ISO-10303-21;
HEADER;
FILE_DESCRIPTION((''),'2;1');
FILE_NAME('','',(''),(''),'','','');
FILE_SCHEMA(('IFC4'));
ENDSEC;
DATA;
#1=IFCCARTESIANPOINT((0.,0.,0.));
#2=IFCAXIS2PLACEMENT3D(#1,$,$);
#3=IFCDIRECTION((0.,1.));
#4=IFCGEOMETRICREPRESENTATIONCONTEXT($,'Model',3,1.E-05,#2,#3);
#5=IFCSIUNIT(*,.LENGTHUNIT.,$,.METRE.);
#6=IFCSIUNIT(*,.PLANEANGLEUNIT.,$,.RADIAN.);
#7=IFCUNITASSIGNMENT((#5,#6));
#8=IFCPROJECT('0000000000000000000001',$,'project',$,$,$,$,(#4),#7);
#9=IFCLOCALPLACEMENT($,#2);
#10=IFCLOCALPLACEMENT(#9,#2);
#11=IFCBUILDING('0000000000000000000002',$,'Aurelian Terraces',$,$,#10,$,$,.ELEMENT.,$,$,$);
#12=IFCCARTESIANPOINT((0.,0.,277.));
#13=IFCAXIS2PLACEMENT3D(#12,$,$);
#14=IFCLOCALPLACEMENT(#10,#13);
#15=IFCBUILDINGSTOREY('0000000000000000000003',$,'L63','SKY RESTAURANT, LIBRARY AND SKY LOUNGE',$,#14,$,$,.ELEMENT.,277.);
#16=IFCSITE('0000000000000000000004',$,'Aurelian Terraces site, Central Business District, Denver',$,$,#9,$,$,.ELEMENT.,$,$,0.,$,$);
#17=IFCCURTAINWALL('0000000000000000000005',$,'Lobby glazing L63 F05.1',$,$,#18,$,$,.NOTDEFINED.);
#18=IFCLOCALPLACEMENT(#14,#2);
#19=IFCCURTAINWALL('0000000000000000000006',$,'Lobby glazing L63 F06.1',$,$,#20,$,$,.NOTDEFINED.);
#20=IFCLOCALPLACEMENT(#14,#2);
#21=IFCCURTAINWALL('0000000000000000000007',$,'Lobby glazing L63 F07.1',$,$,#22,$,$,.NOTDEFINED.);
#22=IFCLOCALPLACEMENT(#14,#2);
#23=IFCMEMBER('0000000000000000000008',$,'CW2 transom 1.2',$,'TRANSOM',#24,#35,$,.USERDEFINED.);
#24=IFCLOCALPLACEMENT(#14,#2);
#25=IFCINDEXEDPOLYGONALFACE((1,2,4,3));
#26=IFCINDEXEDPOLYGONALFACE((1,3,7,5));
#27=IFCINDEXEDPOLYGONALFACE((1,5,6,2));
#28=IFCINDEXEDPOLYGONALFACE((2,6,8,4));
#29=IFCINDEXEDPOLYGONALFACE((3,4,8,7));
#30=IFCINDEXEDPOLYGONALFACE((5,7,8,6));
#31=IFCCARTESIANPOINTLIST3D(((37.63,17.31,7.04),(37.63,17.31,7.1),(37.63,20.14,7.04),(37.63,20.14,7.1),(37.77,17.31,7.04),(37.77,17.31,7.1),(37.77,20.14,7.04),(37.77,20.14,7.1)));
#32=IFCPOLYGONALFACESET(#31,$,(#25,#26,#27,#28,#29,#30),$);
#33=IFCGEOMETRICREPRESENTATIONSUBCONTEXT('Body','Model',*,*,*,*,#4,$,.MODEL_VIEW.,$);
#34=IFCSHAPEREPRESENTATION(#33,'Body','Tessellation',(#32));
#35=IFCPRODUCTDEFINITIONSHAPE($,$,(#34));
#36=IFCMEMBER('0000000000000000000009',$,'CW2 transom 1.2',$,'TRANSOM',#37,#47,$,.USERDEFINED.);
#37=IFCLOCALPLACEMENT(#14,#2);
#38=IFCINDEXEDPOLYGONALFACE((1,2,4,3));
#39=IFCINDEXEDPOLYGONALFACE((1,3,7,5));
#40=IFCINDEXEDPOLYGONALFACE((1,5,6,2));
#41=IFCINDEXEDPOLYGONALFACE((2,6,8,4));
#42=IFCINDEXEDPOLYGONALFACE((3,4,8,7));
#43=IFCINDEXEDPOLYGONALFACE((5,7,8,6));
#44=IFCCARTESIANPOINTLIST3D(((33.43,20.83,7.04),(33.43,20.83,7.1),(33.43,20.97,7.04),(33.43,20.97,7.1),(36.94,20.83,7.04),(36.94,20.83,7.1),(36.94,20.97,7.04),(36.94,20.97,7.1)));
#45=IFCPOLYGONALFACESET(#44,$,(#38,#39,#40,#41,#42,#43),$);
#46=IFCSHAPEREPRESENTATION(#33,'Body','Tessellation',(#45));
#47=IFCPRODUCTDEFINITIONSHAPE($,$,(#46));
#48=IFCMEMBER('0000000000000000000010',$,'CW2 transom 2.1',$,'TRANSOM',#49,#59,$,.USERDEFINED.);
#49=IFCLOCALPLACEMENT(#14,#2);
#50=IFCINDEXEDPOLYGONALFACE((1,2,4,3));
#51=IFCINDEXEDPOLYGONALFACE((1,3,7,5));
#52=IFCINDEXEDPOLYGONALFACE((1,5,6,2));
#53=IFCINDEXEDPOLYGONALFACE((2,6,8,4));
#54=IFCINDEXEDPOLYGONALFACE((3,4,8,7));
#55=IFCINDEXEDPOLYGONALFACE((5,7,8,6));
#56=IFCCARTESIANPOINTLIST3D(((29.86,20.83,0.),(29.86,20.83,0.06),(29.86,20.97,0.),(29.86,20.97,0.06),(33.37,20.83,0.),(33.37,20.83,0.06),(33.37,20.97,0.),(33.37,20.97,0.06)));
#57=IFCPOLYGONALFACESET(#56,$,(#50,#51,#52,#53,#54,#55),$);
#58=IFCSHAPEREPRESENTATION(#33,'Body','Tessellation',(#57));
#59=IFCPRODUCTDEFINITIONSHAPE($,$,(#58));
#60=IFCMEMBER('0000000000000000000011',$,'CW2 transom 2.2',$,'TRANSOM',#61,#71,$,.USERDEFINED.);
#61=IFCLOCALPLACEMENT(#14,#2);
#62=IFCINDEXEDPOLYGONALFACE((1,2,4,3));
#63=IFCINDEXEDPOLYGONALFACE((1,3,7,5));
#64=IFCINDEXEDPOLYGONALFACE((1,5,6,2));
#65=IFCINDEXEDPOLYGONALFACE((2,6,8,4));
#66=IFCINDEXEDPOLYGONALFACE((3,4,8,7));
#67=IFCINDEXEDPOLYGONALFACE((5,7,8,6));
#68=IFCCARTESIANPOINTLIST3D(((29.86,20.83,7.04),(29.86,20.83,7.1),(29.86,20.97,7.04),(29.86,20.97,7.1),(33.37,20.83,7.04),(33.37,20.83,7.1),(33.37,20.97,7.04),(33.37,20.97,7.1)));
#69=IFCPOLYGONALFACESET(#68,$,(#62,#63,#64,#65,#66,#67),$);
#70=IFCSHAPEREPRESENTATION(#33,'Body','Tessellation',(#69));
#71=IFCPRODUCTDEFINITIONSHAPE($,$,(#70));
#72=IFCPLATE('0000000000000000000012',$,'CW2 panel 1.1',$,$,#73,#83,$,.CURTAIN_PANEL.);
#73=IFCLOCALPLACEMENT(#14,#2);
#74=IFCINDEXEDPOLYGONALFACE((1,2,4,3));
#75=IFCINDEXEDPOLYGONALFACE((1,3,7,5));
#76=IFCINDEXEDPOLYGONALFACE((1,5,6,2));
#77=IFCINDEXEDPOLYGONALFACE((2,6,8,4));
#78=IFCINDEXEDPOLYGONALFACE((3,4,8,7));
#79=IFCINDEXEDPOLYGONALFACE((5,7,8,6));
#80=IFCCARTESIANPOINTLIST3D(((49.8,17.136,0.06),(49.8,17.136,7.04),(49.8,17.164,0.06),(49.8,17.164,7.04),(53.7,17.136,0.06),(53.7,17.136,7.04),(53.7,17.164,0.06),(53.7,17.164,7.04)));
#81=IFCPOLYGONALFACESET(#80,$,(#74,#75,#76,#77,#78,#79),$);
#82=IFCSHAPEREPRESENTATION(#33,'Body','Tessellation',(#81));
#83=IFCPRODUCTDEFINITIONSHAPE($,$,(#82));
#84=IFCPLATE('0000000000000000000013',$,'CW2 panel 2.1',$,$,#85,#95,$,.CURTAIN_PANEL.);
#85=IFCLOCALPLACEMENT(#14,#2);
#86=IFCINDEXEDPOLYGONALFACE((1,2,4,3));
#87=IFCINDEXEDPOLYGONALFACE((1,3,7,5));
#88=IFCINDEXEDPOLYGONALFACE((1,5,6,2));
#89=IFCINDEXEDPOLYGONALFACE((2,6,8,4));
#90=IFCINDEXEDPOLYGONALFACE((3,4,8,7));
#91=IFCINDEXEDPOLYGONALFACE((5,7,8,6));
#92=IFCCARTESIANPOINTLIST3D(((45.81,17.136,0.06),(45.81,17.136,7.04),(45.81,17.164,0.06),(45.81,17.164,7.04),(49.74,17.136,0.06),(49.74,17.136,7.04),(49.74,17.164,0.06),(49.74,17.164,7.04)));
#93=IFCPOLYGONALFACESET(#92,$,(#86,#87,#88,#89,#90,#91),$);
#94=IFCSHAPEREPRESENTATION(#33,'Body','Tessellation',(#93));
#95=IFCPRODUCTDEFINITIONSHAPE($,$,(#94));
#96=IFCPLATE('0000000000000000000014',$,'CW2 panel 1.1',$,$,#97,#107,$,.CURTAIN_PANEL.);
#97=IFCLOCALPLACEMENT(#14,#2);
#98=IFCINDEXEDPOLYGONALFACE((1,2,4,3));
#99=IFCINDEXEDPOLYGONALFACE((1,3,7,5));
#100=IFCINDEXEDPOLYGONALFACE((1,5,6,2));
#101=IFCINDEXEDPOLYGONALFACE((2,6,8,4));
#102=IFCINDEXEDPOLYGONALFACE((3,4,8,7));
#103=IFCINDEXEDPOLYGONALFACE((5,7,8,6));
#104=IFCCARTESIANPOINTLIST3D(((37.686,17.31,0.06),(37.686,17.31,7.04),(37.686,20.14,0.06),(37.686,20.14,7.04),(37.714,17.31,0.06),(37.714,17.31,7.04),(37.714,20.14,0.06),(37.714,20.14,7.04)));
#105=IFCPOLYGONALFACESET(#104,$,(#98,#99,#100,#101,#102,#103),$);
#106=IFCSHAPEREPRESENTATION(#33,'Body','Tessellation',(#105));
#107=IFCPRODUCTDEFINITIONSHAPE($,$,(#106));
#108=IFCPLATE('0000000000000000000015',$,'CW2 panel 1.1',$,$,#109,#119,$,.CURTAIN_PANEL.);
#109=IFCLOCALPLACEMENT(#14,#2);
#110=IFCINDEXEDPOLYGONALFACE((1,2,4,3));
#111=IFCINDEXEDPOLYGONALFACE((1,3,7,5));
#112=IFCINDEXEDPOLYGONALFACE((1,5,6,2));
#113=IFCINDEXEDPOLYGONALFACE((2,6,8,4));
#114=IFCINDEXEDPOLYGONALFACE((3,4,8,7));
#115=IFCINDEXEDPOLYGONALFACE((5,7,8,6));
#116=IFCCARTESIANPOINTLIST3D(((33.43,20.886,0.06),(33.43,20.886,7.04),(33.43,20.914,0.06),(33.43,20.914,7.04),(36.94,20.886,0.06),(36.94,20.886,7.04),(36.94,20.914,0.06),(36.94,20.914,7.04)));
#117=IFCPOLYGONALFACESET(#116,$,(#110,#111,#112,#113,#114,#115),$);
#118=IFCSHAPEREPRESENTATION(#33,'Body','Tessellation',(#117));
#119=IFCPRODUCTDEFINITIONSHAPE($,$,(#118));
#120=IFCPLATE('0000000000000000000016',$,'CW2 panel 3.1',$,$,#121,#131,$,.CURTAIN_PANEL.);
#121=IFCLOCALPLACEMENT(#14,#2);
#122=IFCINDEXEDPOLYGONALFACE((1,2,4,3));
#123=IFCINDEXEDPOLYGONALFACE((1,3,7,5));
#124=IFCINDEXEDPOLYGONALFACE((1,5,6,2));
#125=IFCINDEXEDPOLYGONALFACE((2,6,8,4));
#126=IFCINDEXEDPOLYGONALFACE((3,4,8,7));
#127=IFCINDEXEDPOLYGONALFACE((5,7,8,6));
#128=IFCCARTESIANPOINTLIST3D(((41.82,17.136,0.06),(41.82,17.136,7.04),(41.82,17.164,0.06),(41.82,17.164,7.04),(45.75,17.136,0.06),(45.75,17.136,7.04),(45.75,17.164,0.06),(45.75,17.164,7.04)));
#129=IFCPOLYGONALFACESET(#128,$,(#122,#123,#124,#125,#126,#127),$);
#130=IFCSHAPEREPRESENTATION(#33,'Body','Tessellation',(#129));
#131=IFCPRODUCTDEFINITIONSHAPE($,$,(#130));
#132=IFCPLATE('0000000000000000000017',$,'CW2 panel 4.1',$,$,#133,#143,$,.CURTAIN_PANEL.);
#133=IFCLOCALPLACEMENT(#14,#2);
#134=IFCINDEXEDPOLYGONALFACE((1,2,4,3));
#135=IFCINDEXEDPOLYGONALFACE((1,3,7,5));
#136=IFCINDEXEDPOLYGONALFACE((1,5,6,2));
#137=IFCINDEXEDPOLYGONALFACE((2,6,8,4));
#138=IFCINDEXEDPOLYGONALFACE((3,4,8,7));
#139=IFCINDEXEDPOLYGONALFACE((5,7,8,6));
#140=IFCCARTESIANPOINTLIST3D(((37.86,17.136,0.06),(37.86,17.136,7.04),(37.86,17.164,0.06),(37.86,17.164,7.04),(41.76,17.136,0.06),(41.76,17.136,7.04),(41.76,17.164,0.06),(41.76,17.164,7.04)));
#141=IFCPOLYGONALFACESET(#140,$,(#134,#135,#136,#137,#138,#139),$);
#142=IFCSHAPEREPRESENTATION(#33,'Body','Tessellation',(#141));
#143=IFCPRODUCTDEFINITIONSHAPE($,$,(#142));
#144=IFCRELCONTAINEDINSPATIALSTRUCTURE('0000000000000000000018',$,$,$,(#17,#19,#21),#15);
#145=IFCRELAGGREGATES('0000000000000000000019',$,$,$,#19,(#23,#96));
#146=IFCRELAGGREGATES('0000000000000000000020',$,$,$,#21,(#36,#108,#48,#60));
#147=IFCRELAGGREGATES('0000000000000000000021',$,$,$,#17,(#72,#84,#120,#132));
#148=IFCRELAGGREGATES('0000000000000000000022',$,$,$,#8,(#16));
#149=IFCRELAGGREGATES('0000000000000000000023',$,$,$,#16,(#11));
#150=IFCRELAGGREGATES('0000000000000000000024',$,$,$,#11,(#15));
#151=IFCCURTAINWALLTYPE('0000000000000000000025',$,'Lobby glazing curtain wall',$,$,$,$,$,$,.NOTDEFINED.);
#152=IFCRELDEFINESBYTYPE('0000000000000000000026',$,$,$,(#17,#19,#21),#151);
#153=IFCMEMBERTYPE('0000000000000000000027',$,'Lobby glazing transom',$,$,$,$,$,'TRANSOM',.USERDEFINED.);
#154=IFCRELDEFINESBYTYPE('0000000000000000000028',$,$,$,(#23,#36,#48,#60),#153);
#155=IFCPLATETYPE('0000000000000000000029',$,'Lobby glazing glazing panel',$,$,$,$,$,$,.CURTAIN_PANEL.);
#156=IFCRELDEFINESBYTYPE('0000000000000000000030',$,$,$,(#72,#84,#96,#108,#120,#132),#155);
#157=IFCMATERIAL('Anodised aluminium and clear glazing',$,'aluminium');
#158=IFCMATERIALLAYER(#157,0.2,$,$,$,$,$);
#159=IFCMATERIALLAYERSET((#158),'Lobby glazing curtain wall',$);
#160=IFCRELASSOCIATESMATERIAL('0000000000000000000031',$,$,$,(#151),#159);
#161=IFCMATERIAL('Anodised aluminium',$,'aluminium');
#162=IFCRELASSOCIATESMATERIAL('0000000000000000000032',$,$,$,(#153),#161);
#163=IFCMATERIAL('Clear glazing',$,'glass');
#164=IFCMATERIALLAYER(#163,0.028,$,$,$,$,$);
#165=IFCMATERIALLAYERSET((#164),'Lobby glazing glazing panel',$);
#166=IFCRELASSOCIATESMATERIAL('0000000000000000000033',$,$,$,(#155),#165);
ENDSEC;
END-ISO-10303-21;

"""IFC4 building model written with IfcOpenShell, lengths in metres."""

from ifc_helpers import new_model, si_unit, direction, frame, origin, origin_2d, place, context, subcontext, project, spatial, rectangle, extrude, source, transform, mapped, material, layer, layer_set, material_profile, profile_set, type_object, element, aggregate, save


model = new_model("IFC4")

# Units and contexts
model_context = context("Model", 3, precision=1e-05, world=origin(), true_north=direction((0.0, 1.0)))
body_context = subcontext(model_context, "Body", "Model", "MODEL_VIEW")
ifc_project = project(units=[si_unit("LENGTHUNIT", "METRE"), si_unit("PLANEANGLEUNIT", "RADIAN")], contexts=[model_context])

# Site, building, storey
site_placement = place(None, origin())
site = spatial("IfcSite", under=ifc_project, at=site_placement, Name="Aurelian Terraces site, Central Business District, Denver", CompositionType="ELEMENT", RefElevation=0.0)
building_placement = place(site_placement, origin())
building = spatial("IfcBuilding", under=site, at=building_placement, Name="Aurelian Terraces", CompositionType="ELEMENT")
storey_placement = place(building_placement, frame((0.0, 0.0, 277.0)))
storey = spatial("IfcBuildingStorey", under=building, at=storey_placement, Name="L63", Description="SKY RESTAURANT, LIBRARY AND SKY LOUNGE", CompositionType="ELEMENT", Elevation=277.0)

# Curtain walls
ifc_material_1 = material(Name="Anodised aluminium and clear glazing", Category="aluminium")
ifc_layer_1 = layer(ifc_material_1, 0.2)
ifc_layer_set_1 = layer_set([ifc_layer_1], Name="Lobby glazing curtain wall")
curtain_wall_type = type_object("IfcCurtainWallType", Name="Lobby glazing curtain wall", PredefinedType="NOTDEFINED", material=ifc_layer_set_1)
curtain_wall_1_placement = place(storey_placement, origin())
curtain_wall_1 = element("IfcCurtainWall", 1, at=curtain_wall_1_placement, inside=storey, type_object=curtain_wall_type, Name="Lobby glazing L63 F05.1", PredefinedType="NOTDEFINED")
ifc_material_2 = material(Name="Anodised aluminium", Category="aluminium")
ifc_material_profile_1 = material_profile(ifc_material_2, rectangle(XDim=0.14, YDim=0.06, at=origin_2d()))
ifc_profile_set_1 = profile_set([ifc_material_profile_1], Name="Anodised aluminium")
member_type_1 = type_object("IfcMemberType", Name="Lobby glazing transom", ElementType="TRANSOM", PredefinedType="USERDEFINED", material=ifc_profile_set_1)
curtain_wall_2_placement = place(storey_placement, origin())
curtain_wall_2 = element("IfcCurtainWall", 2, at=curtain_wall_2_placement, inside=storey, type_object=curtain_wall_type, Name="Lobby glazing L63 F06.1", PredefinedType="NOTDEFINED")
curtain_wall_3_placement = place(storey_placement, origin())
curtain_wall_3 = element("IfcCurtainWall", 3, at=curtain_wall_3_placement, inside=storey, type_object=curtain_wall_type, Name="Lobby glazing L63 F07.1", PredefinedType="NOTDEFINED")

# Members
shared_shape_1 = source(origin(), body_context, "Body", "SweptSolid", [
    extrude(rectangle(XDim=0.14, YDim=0.06, at=origin_2d()), origin(), (0.0, 0.0, 1.0), 2.83),
])
member_1_placement = place(storey_placement, frame((37.7, 17.31, 7.07), z_axis=(0.0, 1.0, 0.0), x_axis=(-1.0, 0.0, 0.0)))
member_1 = element("IfcMember", 4, at=member_1_placement, type_object=member_type_1, Name="CW2 transom 1.2", ObjectType="TRANSOM", PredefinedType="USERDEFINED", context=body_context, shape_type="MappedRepresentation", body=[
    mapped(shared_shape_1, transform((0.0, 0.0, 0.0), scale=1.0)),
])
shared_shape_2 = source(origin(), body_context, "Body", "SweptSolid", [
    extrude(rectangle(XDim=0.14, YDim=0.06, at=origin_2d()), origin(), (0.0, 0.0, 1.0), 3.51),
])
member_2_placement = place(storey_placement, frame((36.94, 20.9, 7.07), z_axis=(-1.0, 0.0, 0.0), x_axis=(0.0, -1.0, 0.0)))
member_2 = element("IfcMember", 5, at=member_2_placement, type_object=member_type_1, Name="CW2 transom 1.2", ObjectType="TRANSOM", PredefinedType="USERDEFINED", context=body_context, shape_type="MappedRepresentation", body=[
    mapped(shared_shape_2, transform((0.0, 0.0, 0.0), scale=1.0)),
])
member_3_placement = place(storey_placement, frame((33.37, 20.9, 0.03), z_axis=(-1.0, 0.0, 0.0), x_axis=(0.0, -1.0, 0.0)))
member_3 = element("IfcMember", 6, at=member_3_placement, type_object=member_type_1, Name="CW2 transom 2.1", ObjectType="TRANSOM", PredefinedType="USERDEFINED", context=body_context, shape_type="MappedRepresentation", body=[
    mapped(shared_shape_2, transform((0.0, 0.0, 0.0), scale=1.0)),
])
member_4_placement = place(storey_placement, frame((33.37, 20.9, 7.07), z_axis=(-1.0, 0.0, 0.0), x_axis=(0.0, -1.0, 0.0)))
member_4 = element("IfcMember", 7, at=member_4_placement, type_object=member_type_1, Name="CW2 transom 2.2", ObjectType="TRANSOM", PredefinedType="USERDEFINED", context=body_context, shape_type="MappedRepresentation", body=[
    mapped(shared_shape_2, transform((0.0, 0.0, 0.0), scale=1.0)),
])

# Plates
ifc_material_3 = material(Name="Clear glazing", Category="glass")
ifc_layer_2 = layer(ifc_material_3, 0.028)
ifc_layer_set_2 = layer_set([ifc_layer_2], Name="Lobby glazing glazing panel")
plate_type = type_object("IfcPlateType", Name="Lobby glazing glazing panel", PredefinedType="CURTAIN_PANEL", material=ifc_layer_set_2)
plate_1_placement = place(storey_placement, frame((51.75, 17.15, 0.06), z_axis=(0.0, 0.0, 1.0), x_axis=(-1.0, 0.0, 0.0)))
plate_1 = element("IfcPlate", 8, at=plate_1_placement, type_object=plate_type, Name="CW2 panel 1.1", PredefinedType="CURTAIN_PANEL", context=body_context, shape_type="SweptSolid", body=[
    extrude(rectangle(XDim=3.9, YDim=0.028, at=origin_2d()), origin(), (0.0, 0.0, 1.0), 6.98),
])
plate_2_placement = place(storey_placement, frame((47.775, 17.15, 0.06), z_axis=(0.0, 0.0, 1.0), x_axis=(-1.0, 0.0, 0.0)))
plate_2 = element("IfcPlate", 9, at=plate_2_placement, type_object=plate_type, Name="CW2 panel 2.1", PredefinedType="CURTAIN_PANEL", context=body_context, shape_type="SweptSolid", body=[
    extrude(rectangle(XDim=3.93, YDim=0.028, at=origin_2d()), origin(), (0.0, 0.0, 1.0), 6.98),
])
plate_3_placement = place(storey_placement, frame((37.7, 18.725, 0.06), z_axis=(0.0, 0.0, 1.0), x_axis=(0.0, 1.0, 0.0)))
plate_3 = element("IfcPlate", 10, at=plate_3_placement, type_object=plate_type, Name="CW2 panel 1.1", PredefinedType="CURTAIN_PANEL", context=body_context, shape_type="SweptSolid", body=[
    extrude(rectangle(XDim=2.83, YDim=0.028, at=origin_2d()), origin(), (0.0, 0.0, 1.0), 6.98),
])
aggregate(curtain_wall_2, [member_1, plate_3])
plate_4_placement = place(storey_placement, frame((35.185, 20.9, 0.06), z_axis=(0.0, 0.0, 1.0), x_axis=(-1.0, 0.0, 0.0)))
plate_4 = element("IfcPlate", 11, at=plate_4_placement, type_object=plate_type, Name="CW2 panel 1.1", PredefinedType="CURTAIN_PANEL", context=body_context, shape_type="SweptSolid", body=[
    extrude(rectangle(XDim=3.51, YDim=0.028, at=origin_2d()), origin(), (0.0, 0.0, 1.0), 6.98),
])
aggregate(curtain_wall_3, [member_2, plate_4, member_3, member_4])
shared_shape_3 = source(origin(), body_context, "Body", "SweptSolid", [
    extrude(rectangle(XDim=3.93, YDim=0.028, at=origin_2d()), origin(), (0.0, 0.0, 1.0), 6.98),
])
plate_5_placement = place(storey_placement, frame((43.785, 17.15, 0.06), z_axis=(0.0, 0.0, 1.0), x_axis=(-1.0, 0.0, 0.0)))
plate_5 = element("IfcPlate", 12, at=plate_5_placement, type_object=plate_type, Name="CW2 panel 3.1", PredefinedType="CURTAIN_PANEL", context=body_context, shape_type="MappedRepresentation", body=[
    mapped(shared_shape_3, transform((0.0, 0.0, 0.0), scale=1.0)),
])
shared_shape_4 = source(origin(), body_context, "Body", "SweptSolid", [
    extrude(rectangle(XDim=3.9, YDim=0.028, at=origin_2d()), origin(), (0.0, 0.0, 1.0), 6.98),
])
plate_6_placement = place(storey_placement, frame((39.81, 17.15, 0.06), z_axis=(0.0, 0.0, 1.0), x_axis=(-1.0, 0.0, 0.0)))
plate_6 = element("IfcPlate", 13, at=plate_6_placement, type_object=plate_type, Name="CW2 panel 4.1", PredefinedType="CURTAIN_PANEL", context=body_context, shape_type="MappedRepresentation", body=[
    mapped(shared_shape_4, transform((0.0, 0.0, 0.0), scale=1.0)),
])
aggregate(curtain_wall_1, [plate_1, plate_2, plate_5, plate_6])

save(model, "model.ifc")
